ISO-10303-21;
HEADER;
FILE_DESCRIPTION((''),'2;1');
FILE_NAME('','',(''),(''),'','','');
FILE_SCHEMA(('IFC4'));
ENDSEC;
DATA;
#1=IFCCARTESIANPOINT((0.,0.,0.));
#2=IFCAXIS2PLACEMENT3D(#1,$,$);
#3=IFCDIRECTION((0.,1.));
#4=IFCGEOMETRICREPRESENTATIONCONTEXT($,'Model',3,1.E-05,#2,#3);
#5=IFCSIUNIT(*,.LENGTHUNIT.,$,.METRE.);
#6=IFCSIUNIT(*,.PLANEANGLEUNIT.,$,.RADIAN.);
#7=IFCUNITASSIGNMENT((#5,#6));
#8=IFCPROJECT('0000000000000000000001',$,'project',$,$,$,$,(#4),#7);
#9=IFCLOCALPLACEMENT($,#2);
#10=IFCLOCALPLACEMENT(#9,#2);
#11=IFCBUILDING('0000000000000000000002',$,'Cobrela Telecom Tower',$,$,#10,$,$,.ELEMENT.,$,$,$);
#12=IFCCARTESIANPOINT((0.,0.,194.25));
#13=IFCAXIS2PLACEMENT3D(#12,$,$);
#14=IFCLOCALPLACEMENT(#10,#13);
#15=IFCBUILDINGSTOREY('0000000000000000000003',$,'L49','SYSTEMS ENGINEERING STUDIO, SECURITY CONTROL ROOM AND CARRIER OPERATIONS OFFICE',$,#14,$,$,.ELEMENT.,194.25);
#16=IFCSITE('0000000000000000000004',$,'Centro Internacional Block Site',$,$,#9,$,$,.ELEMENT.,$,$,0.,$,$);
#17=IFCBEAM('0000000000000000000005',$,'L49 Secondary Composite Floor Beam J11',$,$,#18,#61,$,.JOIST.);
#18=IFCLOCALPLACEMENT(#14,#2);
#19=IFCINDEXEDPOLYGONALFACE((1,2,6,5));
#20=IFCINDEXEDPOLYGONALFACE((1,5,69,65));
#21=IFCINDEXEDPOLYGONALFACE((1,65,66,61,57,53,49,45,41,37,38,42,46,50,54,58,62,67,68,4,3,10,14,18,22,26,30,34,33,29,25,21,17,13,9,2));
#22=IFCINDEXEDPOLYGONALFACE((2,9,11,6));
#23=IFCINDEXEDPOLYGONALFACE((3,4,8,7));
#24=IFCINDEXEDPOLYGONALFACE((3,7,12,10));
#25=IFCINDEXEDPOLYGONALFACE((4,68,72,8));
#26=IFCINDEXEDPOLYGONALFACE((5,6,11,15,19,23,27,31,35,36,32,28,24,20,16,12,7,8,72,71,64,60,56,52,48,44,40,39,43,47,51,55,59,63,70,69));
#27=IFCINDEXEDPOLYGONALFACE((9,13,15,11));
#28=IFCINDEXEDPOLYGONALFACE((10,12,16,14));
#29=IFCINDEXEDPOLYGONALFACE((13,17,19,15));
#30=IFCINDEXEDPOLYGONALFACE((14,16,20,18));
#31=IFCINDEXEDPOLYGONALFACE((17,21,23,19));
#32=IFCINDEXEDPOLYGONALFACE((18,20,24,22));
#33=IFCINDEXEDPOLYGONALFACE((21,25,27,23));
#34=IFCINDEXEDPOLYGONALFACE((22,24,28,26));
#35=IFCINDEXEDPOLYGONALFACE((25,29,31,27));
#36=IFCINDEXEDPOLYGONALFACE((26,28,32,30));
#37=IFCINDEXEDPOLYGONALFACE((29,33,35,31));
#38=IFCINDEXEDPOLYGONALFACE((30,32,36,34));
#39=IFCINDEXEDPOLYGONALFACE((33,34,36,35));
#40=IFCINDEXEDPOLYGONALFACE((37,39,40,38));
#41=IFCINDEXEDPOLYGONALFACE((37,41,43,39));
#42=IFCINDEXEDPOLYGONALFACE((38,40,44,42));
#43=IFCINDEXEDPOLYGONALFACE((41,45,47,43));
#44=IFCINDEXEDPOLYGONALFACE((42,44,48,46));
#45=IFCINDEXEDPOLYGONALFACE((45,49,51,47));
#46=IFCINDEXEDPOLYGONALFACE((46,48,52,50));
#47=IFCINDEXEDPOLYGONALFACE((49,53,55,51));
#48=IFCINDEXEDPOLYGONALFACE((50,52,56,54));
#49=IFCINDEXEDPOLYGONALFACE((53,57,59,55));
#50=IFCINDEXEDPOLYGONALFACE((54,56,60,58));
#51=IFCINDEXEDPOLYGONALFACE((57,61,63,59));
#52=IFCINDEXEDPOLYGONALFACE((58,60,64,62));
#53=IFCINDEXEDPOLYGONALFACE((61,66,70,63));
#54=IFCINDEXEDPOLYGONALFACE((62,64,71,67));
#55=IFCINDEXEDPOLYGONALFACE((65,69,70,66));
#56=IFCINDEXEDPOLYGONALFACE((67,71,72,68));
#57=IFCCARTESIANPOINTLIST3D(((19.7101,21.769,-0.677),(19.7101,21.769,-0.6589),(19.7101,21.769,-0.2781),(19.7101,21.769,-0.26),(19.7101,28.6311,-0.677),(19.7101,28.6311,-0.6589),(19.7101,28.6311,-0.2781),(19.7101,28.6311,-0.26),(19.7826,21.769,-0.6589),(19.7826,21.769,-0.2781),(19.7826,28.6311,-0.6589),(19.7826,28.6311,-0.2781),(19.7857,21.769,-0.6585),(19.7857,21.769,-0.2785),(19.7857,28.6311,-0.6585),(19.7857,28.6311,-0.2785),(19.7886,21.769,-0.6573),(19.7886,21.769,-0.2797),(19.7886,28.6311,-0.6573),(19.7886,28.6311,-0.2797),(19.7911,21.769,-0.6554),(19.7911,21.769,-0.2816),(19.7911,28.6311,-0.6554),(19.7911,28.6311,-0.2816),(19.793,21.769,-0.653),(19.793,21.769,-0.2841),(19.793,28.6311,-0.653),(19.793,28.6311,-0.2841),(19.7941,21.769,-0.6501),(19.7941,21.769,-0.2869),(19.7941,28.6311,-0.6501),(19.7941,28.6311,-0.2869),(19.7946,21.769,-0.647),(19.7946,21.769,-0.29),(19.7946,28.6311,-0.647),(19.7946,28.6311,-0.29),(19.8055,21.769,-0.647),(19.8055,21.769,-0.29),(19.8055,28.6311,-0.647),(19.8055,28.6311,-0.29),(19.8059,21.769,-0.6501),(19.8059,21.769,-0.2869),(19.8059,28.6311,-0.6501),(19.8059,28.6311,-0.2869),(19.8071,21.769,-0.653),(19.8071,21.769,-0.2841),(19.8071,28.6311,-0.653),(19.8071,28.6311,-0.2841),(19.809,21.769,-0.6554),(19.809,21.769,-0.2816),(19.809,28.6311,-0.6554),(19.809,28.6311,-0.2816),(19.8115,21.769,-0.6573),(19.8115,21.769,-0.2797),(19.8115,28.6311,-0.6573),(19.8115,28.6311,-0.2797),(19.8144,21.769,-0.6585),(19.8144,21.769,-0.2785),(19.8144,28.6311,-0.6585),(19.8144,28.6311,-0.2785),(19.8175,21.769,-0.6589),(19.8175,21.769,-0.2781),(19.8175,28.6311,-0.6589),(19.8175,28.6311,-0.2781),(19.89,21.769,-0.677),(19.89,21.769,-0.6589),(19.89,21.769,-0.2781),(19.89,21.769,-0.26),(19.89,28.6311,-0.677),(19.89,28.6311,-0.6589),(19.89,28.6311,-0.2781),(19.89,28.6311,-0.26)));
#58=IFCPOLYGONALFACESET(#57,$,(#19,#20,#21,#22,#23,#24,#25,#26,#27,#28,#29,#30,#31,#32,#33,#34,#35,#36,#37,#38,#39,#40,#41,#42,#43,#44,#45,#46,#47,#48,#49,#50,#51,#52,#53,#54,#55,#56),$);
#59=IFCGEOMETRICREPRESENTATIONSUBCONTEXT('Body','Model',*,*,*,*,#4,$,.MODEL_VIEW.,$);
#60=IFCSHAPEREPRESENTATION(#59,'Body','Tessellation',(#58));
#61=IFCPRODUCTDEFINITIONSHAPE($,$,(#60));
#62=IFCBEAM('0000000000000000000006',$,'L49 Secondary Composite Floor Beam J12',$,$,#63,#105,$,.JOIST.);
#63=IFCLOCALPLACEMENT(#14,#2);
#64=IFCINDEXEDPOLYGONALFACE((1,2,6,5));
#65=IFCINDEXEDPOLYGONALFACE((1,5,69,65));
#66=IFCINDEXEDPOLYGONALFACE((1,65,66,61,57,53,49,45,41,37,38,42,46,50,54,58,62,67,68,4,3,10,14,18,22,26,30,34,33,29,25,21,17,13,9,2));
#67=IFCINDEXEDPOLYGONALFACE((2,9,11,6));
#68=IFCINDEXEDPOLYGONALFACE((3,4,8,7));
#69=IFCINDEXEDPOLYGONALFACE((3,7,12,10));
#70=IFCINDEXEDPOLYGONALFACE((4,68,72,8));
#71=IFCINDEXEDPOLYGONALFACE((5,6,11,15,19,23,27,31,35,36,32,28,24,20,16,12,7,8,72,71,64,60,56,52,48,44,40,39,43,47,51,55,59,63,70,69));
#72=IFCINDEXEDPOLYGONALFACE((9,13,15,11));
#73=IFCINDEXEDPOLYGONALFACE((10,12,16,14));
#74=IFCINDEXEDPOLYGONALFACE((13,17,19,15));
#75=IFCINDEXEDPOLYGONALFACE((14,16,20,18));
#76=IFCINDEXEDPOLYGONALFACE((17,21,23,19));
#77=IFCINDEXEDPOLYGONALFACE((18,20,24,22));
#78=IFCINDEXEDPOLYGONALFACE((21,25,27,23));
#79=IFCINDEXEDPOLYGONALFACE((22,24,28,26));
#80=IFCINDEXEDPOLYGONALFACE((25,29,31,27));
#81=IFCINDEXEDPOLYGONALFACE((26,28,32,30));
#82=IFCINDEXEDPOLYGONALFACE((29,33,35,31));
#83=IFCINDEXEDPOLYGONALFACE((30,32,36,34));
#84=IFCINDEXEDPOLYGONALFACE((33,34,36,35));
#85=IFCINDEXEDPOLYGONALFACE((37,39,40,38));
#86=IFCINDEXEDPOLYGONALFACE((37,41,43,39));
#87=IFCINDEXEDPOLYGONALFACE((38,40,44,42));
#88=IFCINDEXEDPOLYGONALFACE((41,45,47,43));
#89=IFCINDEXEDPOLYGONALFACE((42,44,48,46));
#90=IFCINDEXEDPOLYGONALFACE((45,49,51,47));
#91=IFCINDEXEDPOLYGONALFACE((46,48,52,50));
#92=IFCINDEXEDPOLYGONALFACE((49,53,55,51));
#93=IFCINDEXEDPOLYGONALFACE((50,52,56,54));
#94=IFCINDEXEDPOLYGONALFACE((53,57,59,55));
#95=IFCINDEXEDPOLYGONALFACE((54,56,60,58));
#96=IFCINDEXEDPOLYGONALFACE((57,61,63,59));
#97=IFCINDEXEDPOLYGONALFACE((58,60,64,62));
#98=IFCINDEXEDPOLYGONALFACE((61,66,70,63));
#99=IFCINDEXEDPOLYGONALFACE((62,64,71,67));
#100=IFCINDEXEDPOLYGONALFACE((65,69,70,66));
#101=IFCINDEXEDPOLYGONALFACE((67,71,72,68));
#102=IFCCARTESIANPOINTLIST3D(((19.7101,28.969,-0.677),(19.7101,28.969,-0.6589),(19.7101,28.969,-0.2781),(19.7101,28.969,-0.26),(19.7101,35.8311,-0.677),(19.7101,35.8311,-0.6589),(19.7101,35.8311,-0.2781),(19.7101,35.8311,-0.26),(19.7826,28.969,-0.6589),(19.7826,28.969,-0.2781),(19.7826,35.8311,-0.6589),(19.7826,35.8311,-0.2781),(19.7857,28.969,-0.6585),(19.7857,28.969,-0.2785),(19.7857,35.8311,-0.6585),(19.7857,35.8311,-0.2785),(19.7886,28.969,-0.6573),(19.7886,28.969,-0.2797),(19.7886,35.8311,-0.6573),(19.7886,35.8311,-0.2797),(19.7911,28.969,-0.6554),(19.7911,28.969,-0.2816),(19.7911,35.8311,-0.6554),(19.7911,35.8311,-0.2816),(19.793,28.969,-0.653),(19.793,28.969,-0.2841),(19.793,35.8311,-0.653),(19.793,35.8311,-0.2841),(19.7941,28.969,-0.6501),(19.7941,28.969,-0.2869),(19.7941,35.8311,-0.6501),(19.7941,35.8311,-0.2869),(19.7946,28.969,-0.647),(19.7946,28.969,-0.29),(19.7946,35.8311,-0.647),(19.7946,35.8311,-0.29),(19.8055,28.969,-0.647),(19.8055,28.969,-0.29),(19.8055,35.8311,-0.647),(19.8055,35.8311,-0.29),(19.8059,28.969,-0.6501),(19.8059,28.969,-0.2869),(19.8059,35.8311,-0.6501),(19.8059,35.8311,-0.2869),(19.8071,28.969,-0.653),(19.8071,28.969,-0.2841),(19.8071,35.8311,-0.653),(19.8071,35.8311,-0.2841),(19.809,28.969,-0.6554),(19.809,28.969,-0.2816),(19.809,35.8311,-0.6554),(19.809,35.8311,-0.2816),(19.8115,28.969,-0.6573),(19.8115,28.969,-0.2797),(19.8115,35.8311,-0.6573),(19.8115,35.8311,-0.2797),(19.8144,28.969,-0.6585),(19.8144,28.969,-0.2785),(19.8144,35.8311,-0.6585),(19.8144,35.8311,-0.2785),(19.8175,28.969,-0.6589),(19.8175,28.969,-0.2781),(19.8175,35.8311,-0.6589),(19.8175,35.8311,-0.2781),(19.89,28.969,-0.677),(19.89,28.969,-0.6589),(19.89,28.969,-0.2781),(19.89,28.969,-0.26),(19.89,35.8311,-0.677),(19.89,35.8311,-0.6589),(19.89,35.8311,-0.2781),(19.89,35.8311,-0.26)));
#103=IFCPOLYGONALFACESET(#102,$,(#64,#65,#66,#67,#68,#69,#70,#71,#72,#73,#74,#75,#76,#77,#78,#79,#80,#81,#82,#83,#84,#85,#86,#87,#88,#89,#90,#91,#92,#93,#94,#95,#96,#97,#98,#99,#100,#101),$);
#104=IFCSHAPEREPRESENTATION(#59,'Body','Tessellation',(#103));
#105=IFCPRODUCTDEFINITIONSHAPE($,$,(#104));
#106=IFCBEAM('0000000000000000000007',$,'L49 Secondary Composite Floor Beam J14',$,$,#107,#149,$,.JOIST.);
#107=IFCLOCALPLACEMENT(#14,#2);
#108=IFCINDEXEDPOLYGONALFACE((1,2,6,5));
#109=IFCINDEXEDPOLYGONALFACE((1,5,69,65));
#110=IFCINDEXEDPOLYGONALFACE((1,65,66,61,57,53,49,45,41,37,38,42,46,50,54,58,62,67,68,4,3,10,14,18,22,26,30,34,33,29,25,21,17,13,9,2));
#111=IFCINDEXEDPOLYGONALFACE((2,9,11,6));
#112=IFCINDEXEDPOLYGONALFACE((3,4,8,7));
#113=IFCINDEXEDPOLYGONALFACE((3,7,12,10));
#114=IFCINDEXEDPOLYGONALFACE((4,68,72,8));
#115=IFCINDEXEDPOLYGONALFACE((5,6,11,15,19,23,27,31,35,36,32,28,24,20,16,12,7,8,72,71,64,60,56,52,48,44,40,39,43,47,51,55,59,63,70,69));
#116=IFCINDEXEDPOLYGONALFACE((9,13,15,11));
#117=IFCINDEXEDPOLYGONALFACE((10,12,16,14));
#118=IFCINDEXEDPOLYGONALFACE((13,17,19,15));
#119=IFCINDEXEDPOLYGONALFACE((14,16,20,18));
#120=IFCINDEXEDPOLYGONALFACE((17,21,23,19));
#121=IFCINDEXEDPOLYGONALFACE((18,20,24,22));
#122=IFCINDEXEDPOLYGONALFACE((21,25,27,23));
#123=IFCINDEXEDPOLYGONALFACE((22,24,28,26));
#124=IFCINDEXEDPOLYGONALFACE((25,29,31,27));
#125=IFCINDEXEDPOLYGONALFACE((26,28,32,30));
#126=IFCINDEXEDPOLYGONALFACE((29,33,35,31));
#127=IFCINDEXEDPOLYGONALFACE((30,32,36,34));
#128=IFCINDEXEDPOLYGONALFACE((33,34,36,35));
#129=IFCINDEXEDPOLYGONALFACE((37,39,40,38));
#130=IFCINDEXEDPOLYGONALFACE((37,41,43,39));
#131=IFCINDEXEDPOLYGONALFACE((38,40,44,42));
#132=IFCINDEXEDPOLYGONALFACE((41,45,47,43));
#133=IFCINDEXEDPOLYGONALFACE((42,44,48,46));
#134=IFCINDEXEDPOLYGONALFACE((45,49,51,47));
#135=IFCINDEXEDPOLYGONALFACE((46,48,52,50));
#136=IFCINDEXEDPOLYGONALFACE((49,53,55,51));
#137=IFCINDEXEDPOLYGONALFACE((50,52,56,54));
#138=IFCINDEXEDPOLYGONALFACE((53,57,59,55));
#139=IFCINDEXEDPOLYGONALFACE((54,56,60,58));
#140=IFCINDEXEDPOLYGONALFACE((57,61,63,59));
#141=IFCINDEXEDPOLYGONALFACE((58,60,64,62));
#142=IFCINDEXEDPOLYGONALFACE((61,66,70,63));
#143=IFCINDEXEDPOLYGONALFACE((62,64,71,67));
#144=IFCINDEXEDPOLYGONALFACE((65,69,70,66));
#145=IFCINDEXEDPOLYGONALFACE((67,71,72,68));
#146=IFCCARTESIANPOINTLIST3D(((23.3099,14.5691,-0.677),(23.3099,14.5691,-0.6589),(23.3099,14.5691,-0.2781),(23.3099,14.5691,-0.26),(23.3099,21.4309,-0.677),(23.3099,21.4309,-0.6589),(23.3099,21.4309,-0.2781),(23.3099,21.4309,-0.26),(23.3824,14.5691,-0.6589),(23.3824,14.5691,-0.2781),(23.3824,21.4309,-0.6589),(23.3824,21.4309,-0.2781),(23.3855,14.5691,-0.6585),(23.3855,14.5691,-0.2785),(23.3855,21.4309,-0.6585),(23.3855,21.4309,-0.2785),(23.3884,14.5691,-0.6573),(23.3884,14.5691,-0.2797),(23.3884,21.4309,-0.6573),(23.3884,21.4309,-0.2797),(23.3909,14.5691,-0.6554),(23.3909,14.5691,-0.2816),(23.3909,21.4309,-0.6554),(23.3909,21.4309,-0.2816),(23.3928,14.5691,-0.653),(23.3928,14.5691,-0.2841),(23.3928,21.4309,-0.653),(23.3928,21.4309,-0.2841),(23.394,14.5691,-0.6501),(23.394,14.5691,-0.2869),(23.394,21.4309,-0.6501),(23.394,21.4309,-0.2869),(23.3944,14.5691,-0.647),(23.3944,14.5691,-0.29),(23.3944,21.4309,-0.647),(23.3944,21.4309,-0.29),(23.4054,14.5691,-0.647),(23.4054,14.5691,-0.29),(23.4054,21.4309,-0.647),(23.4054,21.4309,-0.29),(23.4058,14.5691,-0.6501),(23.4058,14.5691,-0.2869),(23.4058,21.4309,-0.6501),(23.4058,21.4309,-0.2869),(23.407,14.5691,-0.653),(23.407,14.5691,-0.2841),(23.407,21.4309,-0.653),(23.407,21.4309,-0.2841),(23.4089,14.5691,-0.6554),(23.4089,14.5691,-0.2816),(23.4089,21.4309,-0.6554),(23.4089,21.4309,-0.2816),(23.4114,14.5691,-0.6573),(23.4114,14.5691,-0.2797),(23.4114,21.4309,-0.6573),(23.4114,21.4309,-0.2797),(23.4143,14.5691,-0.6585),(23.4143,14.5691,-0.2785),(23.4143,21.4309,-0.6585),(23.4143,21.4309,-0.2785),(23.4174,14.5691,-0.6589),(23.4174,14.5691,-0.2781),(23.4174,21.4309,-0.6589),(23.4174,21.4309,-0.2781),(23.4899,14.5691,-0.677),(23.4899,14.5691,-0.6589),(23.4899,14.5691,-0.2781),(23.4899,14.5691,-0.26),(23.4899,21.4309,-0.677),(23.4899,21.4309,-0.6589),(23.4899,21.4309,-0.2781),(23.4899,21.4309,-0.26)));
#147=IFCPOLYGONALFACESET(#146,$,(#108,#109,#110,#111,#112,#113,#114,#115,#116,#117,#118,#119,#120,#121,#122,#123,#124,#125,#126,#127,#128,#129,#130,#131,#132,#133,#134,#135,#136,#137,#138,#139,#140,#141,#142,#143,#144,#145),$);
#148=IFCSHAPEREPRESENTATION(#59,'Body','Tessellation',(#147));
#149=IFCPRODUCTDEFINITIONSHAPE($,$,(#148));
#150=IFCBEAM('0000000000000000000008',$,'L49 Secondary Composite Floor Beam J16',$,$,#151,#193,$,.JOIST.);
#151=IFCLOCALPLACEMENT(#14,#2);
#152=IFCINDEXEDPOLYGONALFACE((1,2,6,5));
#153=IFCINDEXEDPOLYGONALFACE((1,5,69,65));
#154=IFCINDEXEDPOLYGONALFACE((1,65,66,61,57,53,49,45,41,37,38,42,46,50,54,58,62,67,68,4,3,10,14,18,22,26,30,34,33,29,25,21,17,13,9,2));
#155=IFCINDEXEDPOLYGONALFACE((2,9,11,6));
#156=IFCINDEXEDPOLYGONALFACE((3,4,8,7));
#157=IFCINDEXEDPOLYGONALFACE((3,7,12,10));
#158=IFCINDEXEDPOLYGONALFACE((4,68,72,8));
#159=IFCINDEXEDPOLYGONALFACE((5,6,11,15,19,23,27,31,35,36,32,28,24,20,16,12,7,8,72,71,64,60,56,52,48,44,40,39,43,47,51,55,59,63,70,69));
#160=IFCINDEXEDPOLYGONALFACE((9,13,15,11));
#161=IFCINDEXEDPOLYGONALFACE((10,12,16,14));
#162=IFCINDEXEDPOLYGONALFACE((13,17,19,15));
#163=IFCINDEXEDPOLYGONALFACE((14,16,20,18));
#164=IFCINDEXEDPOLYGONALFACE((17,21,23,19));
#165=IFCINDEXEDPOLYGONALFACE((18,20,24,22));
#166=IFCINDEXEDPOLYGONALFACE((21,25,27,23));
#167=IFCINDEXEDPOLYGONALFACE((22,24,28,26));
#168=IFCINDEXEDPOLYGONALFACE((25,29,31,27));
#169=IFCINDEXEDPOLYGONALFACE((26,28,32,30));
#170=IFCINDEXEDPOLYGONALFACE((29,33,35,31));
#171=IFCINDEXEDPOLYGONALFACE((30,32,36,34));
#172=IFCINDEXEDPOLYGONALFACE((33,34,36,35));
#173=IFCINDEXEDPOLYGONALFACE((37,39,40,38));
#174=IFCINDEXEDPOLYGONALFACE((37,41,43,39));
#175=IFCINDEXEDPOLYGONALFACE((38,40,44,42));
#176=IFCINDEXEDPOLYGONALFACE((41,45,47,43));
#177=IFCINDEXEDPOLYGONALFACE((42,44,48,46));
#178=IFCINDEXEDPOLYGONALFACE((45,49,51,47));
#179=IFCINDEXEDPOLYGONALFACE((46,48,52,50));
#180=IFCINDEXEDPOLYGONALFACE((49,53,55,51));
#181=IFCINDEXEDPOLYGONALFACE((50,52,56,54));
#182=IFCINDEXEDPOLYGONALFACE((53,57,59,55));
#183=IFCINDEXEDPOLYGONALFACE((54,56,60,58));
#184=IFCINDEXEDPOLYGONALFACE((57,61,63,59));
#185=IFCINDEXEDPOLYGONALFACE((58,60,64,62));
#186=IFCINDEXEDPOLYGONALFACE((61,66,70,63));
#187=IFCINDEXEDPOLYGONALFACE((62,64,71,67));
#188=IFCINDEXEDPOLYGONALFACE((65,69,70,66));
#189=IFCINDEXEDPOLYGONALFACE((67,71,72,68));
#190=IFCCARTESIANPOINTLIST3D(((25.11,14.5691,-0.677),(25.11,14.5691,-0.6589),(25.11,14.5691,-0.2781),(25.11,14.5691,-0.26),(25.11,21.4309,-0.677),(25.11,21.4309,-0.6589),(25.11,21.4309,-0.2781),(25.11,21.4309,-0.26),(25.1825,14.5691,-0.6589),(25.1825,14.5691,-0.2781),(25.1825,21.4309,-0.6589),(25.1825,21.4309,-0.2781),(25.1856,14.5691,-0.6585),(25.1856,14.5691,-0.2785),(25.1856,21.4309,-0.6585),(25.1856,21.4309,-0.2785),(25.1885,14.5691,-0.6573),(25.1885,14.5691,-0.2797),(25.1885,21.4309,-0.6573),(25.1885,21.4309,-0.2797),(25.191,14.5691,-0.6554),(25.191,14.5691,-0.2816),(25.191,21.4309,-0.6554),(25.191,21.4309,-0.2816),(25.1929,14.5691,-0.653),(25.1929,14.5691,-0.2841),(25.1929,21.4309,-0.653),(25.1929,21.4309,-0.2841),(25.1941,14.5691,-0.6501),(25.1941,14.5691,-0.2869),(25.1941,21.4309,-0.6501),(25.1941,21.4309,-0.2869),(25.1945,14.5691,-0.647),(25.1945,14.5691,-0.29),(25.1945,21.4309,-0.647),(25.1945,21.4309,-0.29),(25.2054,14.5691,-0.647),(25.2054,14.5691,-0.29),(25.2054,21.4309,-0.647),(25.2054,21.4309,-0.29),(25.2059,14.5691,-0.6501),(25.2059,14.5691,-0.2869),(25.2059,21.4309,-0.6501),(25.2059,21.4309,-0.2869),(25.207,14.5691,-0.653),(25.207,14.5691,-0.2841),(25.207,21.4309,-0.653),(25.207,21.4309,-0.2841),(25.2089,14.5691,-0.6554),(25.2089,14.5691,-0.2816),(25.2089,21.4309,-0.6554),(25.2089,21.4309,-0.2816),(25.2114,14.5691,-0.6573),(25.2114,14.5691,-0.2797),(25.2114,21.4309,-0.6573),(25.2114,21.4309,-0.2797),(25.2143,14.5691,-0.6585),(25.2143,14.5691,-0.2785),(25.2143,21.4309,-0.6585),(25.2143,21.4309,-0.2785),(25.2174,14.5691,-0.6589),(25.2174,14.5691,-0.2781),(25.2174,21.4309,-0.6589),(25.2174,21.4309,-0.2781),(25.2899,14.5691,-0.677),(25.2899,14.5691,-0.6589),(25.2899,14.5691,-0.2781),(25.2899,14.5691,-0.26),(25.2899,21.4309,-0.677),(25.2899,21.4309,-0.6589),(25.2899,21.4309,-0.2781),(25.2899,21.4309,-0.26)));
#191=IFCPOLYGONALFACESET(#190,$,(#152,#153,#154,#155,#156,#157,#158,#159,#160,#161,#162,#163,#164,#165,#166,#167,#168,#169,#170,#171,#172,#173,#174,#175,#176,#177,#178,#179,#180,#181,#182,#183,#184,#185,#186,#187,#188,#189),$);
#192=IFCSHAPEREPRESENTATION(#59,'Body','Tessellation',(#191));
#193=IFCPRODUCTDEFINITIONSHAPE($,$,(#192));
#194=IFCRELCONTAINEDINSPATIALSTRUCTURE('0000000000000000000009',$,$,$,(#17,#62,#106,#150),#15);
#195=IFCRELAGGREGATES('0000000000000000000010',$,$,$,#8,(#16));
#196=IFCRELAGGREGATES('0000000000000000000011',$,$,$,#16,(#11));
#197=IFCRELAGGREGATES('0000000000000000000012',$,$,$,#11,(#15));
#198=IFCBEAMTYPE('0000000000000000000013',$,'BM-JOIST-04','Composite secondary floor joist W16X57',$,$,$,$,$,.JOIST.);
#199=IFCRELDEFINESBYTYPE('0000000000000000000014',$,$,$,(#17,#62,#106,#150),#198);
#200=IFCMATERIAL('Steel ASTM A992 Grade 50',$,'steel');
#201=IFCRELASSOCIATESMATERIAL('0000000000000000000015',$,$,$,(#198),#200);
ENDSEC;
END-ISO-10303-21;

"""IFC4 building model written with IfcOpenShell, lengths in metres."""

from ifc_helpers import new_model, si_unit, direction, frame, origin, origin_2d, place, context, subcontext, project, spatial, i_section, extrude, material, material_profile, profile_set, type_object, element, save


model = new_model("IFC4")

# Units and contexts
model_context = context("Model", 3, precision=1e-05, world=origin(), true_north=direction((0.0, 1.0)))
body_context = subcontext(model_context, "Body", "Model", "MODEL_VIEW")
ifc_project = project(units=[si_unit("LENGTHUNIT", "METRE"), si_unit("PLANEANGLEUNIT", "RADIAN")], contexts=[model_context])

# Site, building, storey
site_placement = place(None, origin())
site = spatial("IfcSite", under=ifc_project, at=site_placement, Name="Centro Internacional Block Site", CompositionType="ELEMENT", RefElevation=0.0)
building_placement = place(site_placement, origin())
building = spatial("IfcBuilding", under=site, at=building_placement, Name="Cobrela Telecom Tower", CompositionType="ELEMENT")
storey_placement = place(building_placement, frame((0.0, 0.0, 194.25)))
storey = spatial("IfcBuildingStorey", under=building, at=storey_placement, Name="L49", Description="SYSTEMS ENGINEERING STUDIO, SECURITY CONTROL ROOM AND CARRIER OPERATIONS OFFICE", CompositionType="ELEMENT", Elevation=194.25)

# Shared definitions
ifc_material_1 = material(Name="Steel ASTM A992 Grade 50", Category="steel")

# Beams
ifc_material_profile_1 = material_profile(ifc_material_1, i_section(OverallWidth=0.1799, OverallDepth=0.417, WebThickness=0.011, FlangeThickness=0.0181, FilletRadius=0.012, at=origin_2d()), Name="W16X57")
ifc_profile_set_1 = profile_set([ifc_material_profile_1], Name="Steel ASTM A992 Grade 50")
beam_type_1 = type_object("IfcBeamType", Name="BM-JOIST-04", Description="Composite secondary floor joist W16X57", PredefinedType="JOIST", material=ifc_profile_set_1)
for number, where, z_axis, x_axis, name in (
    (1, (19.8, 21.769, -0.4685), (0.0, 1.0, 0.0), (-1.0, 0.0, 0.0), "L49 Secondary Composite Floor Beam J11"),
    (2, (19.8, 28.969, -0.4685), (0.0, 1.0, 0.0), (-1.0, 0.0, 0.0), "L49 Secondary Composite Floor Beam J12"),
):
    element("IfcBeam", number, at=place(storey_placement, frame(where, z_axis=z_axis, x_axis=x_axis)), inside=storey, type_object=beam_type_1, Name=name, PredefinedType="JOIST", context=body_context, shape_type="SweptSolid", body=[
        extrude(i_section(OverallWidth=0.1799, OverallDepth=0.417, WebThickness=0.011, FlangeThickness=0.0181, FilletRadius=0.012, at=origin_2d()), origin(), (0.0, 0.0, 1.0), 6.8621),
    ])
for number, where, z_axis, x_axis, name in (
    (3, (23.3999, 14.5691, -0.4685), (0.0, 1.0, 0.0), (-1.0, 0.0, 0.0), "L49 Secondary Composite Floor Beam J14"),
    (4, (25.2, 14.5691, -0.4685), (0.0, 1.0, 0.0), (-1.0, 0.0, 0.0), "L49 Secondary Composite Floor Beam J16"),
):
    element("IfcBeam", number, at=place(storey_placement, frame(where, z_axis=z_axis, x_axis=x_axis)), inside=storey, type_object=beam_type_1, Name=name, PredefinedType="JOIST", context=body_context, shape_type="SweptSolid", body=[
        extrude(i_section(OverallWidth=0.1799, OverallDepth=0.417, WebThickness=0.011, FlangeThickness=0.0181, FilletRadius=0.012, at=origin_2d()), origin(), (0.0, 0.0, 1.0), 6.8618),
    ])

save(model, "model.ifc")
